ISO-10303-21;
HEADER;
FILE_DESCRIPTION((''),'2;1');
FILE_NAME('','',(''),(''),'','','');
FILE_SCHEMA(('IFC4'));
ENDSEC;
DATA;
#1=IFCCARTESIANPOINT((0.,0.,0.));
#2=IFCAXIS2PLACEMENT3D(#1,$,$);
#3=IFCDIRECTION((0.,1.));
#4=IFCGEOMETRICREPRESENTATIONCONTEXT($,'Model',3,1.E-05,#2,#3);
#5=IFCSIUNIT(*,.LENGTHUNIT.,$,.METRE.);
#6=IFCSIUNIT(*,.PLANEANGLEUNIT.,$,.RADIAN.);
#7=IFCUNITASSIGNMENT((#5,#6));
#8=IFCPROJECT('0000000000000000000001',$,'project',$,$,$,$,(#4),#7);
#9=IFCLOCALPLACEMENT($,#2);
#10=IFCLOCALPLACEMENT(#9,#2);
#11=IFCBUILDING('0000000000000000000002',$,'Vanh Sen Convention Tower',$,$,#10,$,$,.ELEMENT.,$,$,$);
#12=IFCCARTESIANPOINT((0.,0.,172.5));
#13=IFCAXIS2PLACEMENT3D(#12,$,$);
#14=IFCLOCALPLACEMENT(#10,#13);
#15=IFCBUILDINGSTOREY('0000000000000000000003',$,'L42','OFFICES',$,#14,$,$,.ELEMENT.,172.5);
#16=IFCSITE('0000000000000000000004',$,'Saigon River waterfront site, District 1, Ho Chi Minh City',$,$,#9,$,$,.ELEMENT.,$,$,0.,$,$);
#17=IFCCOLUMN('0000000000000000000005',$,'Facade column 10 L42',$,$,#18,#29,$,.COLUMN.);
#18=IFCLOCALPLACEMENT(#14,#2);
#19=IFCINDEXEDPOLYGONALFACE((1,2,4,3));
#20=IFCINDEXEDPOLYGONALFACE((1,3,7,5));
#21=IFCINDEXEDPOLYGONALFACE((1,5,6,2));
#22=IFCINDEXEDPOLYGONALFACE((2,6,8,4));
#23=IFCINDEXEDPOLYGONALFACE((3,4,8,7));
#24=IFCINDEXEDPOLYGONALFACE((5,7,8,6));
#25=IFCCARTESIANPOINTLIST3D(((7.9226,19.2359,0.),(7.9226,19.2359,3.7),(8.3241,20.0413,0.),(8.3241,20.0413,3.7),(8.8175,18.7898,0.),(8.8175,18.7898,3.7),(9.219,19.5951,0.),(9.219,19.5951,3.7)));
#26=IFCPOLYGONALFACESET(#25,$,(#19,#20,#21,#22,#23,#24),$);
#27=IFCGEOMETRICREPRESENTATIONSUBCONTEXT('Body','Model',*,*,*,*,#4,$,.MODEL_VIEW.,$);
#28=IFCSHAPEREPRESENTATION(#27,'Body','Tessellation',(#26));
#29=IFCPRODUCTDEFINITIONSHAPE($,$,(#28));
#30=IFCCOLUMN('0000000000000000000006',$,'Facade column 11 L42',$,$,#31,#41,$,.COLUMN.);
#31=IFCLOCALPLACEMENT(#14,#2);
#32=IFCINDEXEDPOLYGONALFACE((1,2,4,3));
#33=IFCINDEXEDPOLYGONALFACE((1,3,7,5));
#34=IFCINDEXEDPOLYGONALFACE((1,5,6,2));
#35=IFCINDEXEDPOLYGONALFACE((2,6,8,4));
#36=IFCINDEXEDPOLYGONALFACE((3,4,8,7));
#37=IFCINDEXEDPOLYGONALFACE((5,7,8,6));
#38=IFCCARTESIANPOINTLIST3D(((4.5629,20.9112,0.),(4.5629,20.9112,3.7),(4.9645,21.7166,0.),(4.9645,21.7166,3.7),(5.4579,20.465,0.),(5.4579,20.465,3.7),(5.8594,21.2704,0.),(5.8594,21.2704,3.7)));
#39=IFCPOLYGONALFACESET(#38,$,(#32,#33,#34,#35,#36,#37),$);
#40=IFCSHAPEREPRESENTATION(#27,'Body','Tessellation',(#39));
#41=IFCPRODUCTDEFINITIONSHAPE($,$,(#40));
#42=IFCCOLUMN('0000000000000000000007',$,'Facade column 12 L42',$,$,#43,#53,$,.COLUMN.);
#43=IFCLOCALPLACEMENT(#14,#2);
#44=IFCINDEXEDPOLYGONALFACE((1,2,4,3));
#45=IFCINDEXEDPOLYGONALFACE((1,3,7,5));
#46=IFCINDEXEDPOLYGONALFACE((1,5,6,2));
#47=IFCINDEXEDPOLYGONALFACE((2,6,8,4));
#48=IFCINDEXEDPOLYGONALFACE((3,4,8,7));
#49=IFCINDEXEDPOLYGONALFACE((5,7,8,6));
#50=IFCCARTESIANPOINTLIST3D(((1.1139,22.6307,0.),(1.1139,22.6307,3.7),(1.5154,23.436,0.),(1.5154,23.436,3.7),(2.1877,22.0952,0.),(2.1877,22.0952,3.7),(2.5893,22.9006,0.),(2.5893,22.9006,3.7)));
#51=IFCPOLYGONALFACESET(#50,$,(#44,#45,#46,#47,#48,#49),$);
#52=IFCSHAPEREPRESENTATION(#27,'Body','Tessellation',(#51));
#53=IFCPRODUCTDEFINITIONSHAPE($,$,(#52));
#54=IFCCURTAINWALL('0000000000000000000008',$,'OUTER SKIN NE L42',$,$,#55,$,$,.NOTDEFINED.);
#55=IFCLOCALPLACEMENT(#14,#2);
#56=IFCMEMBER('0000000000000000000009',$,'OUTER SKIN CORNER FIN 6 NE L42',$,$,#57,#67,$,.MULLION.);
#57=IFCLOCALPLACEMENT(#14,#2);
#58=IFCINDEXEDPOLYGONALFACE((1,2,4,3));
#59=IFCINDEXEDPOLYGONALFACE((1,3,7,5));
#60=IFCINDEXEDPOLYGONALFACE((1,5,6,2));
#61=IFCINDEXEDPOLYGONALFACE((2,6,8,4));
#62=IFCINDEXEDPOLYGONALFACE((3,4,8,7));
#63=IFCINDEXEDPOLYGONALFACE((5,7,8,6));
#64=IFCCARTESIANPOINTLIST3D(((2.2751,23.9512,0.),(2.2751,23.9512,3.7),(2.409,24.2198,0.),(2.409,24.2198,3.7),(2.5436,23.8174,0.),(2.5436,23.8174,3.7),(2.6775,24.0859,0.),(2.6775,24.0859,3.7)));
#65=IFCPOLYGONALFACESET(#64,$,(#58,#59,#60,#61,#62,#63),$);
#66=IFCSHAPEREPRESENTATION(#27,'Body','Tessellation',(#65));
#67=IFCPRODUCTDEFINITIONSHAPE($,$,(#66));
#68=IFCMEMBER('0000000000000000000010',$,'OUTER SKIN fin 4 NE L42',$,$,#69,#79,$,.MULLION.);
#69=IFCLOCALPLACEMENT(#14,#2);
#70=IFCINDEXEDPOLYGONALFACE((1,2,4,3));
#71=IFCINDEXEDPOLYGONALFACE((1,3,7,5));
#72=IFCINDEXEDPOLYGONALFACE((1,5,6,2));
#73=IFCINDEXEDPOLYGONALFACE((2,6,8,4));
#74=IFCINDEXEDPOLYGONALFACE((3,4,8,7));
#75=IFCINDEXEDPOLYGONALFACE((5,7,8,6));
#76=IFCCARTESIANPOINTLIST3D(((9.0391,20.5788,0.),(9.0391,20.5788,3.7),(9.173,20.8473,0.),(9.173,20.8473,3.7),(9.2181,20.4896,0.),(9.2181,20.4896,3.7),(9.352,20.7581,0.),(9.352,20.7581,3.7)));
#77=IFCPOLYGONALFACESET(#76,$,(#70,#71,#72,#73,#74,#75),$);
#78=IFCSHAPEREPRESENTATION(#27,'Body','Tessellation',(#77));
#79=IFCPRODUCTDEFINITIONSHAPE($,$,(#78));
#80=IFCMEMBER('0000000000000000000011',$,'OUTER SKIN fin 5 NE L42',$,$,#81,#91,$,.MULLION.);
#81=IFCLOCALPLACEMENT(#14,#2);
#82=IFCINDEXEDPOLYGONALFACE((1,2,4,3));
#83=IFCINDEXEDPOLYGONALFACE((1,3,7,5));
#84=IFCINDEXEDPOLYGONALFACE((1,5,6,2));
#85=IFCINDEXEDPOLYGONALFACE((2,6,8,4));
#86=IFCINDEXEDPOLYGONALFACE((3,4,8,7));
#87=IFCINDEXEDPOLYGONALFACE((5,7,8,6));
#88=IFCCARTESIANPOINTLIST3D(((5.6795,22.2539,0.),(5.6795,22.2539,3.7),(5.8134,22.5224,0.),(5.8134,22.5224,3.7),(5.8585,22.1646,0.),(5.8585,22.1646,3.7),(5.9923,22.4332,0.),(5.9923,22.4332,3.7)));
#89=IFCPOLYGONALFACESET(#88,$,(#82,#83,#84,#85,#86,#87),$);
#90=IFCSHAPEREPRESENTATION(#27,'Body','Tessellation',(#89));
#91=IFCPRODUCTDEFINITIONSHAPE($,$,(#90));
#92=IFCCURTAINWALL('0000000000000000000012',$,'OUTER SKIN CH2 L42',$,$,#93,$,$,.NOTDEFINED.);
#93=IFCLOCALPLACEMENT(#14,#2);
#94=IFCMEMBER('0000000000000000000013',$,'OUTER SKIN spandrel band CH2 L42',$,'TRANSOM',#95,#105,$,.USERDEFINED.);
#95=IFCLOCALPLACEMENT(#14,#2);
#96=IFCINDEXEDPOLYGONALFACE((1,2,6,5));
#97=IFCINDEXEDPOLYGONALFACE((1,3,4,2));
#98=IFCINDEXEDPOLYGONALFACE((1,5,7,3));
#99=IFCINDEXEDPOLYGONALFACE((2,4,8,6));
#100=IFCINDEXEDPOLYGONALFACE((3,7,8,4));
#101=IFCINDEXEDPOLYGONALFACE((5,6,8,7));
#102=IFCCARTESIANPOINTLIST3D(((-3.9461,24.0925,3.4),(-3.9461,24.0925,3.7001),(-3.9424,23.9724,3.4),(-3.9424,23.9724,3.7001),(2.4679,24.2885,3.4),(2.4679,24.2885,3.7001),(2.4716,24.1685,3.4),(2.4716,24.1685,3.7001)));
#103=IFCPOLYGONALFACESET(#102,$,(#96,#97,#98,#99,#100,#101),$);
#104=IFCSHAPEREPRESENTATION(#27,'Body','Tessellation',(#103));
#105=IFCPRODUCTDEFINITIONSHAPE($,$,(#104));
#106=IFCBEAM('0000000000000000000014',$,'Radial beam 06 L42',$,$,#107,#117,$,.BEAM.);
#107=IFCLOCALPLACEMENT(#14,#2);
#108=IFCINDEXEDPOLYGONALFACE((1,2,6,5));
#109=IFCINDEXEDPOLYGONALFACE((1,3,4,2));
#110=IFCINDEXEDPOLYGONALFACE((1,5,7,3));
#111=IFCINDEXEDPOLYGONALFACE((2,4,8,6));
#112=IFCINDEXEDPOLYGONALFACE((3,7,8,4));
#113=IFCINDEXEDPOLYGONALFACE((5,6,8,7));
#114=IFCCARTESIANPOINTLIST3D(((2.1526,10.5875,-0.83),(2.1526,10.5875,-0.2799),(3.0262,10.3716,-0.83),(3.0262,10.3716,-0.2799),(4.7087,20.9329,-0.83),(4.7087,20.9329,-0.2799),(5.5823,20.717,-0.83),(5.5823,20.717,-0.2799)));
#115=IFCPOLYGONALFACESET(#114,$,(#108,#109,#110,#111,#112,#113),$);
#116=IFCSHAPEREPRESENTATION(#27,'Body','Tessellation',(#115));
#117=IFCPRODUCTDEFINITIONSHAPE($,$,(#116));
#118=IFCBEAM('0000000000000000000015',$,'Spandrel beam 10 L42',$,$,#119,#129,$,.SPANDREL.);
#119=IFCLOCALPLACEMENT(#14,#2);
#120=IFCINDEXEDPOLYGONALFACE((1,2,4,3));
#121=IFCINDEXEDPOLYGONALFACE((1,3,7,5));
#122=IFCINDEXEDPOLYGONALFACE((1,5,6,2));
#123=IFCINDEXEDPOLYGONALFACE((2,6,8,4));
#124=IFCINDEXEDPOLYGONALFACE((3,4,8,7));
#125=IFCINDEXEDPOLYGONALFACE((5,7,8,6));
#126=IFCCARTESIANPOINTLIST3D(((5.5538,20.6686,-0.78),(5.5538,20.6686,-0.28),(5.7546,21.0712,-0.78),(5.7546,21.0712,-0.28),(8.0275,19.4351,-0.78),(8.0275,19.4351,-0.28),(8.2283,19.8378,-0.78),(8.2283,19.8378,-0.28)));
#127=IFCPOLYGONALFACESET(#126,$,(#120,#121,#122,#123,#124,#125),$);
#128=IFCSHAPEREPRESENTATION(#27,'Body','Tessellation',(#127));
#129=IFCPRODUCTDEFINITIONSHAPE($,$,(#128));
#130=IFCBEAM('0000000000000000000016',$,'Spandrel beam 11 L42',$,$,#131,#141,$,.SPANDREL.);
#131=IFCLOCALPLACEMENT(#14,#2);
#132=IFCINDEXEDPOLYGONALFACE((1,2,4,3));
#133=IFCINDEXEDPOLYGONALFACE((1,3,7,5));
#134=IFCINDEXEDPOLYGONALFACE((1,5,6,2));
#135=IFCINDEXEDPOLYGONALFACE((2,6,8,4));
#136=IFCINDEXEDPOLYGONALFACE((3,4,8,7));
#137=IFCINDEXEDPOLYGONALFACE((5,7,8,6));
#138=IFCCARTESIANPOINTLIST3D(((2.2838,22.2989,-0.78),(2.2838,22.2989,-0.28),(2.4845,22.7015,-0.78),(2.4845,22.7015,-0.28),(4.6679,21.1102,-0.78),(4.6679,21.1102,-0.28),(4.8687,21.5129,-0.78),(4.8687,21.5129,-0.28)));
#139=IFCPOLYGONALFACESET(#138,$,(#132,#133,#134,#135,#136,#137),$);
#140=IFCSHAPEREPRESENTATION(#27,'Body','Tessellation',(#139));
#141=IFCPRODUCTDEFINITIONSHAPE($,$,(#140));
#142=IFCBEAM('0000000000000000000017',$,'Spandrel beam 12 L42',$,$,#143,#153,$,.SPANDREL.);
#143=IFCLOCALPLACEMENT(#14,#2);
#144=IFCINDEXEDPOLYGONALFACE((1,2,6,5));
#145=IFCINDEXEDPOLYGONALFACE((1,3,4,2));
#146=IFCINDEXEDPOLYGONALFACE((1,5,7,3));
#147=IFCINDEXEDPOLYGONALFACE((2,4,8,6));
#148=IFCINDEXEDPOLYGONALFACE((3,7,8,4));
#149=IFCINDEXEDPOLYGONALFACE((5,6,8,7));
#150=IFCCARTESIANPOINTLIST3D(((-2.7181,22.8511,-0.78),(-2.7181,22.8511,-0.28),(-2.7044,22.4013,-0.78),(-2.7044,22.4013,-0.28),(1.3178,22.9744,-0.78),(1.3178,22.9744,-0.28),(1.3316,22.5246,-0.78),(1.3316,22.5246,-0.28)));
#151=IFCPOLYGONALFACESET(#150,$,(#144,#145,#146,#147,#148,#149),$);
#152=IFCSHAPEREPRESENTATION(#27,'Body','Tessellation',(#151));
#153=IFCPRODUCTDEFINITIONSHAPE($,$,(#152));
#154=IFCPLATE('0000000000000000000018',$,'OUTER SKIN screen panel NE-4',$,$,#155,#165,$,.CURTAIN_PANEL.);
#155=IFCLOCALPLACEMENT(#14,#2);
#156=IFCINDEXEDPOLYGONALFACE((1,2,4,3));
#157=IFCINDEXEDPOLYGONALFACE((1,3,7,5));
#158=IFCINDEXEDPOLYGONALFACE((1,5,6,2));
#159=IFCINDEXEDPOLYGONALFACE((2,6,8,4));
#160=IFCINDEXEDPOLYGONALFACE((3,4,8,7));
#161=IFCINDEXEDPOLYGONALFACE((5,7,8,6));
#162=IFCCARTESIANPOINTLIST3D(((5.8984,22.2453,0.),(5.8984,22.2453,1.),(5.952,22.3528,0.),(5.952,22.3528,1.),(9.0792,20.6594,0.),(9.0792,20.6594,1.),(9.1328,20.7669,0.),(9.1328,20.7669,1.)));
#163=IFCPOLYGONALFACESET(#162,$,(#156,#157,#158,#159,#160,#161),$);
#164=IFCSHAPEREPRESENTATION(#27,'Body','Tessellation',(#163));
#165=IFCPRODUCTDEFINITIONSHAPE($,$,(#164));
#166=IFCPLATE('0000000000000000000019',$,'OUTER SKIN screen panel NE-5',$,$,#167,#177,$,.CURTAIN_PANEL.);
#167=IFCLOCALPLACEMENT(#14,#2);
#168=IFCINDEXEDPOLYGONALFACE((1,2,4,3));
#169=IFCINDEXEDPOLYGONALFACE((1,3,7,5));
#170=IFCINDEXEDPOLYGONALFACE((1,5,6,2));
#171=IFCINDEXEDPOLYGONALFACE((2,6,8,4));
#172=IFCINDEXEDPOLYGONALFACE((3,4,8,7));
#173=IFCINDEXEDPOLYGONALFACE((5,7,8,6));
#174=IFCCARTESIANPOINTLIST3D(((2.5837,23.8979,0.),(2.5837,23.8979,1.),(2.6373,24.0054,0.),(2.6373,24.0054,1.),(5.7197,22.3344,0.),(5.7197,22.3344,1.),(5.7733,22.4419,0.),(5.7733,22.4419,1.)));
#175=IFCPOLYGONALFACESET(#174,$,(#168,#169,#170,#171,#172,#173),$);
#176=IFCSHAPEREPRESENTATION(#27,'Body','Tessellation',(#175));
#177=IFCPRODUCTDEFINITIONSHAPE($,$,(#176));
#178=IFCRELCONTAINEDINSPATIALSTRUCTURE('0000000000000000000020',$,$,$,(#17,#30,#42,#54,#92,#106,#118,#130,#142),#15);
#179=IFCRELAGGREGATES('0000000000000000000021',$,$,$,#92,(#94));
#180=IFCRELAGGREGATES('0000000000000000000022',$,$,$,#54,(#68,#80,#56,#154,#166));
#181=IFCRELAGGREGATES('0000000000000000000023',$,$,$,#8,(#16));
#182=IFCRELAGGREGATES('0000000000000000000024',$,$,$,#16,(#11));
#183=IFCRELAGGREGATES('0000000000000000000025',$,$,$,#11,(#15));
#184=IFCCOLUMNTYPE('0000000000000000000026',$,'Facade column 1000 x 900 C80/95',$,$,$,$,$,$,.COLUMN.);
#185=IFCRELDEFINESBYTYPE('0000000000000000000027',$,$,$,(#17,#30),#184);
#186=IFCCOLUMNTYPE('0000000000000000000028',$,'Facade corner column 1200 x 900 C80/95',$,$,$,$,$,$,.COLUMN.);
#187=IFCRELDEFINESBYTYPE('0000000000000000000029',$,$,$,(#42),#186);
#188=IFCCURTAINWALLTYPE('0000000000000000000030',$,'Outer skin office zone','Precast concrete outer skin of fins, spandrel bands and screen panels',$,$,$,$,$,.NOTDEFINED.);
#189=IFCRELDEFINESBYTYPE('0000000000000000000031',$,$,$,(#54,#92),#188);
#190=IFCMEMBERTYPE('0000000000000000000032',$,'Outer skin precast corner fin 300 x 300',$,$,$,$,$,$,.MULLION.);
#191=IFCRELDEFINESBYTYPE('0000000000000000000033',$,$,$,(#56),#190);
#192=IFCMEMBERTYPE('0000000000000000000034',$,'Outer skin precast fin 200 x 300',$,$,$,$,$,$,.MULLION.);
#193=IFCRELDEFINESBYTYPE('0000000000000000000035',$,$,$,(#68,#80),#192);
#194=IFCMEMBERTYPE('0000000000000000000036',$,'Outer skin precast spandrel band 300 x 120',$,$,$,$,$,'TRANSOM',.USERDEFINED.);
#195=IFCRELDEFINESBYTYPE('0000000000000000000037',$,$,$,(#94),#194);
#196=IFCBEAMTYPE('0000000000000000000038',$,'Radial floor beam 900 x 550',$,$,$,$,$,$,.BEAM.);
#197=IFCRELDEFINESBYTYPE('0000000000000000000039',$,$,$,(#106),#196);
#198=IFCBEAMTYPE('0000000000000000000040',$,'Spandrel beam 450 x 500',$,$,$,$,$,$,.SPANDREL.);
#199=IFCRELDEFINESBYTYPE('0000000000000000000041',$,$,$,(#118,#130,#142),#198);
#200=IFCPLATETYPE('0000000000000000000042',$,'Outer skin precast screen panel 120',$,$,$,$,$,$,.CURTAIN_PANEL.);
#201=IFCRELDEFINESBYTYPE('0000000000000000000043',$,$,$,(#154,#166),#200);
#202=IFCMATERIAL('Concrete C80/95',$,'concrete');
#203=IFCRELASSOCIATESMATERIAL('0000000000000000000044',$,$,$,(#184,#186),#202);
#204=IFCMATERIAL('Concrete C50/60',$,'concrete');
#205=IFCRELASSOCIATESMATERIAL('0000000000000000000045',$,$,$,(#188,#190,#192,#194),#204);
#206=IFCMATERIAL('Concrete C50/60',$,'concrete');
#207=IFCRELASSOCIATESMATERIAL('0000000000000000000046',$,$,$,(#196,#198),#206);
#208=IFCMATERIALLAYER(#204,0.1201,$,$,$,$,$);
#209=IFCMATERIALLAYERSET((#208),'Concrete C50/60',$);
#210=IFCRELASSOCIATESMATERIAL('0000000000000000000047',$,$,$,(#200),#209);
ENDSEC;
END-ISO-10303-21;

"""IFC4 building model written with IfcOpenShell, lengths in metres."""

from ifc_helpers import new_model, si_unit, direction, frame, origin, origin_2d, place, context, subcontext, project, spatial, rectangle, extrude, material, layer, layer_set, material_profile, profile_set, type_object, element, aggregate, save


model = new_model("IFC4")

# Units and contexts
model_context = context("Model", 3, precision=1e-05, world=origin(), true_north=direction((0.0, 1.0)))
body_context = subcontext(model_context, "Body", "Model", "MODEL_VIEW")
ifc_project = project(units=[si_unit("LENGTHUNIT", "METRE"), si_unit("PLANEANGLEUNIT", "RADIAN")], contexts=[model_context])

# Site, building, storey
site_placement = place(None, origin())
site = spatial("IfcSite", under=ifc_project, at=site_placement, Name="Saigon River waterfront site, District 1, Ho Chi Minh City", CompositionType="ELEMENT", RefElevation=0.0)
building_placement = place(site_placement, origin())
building = spatial("IfcBuilding", under=site, at=building_placement, Name="Vanh Sen Convention Tower", CompositionType="ELEMENT")
storey_placement = place(building_placement, frame((0.0, 0.0, 172.5)))
storey = spatial("IfcBuildingStorey", under=building, at=storey_placement, Name="L42", Description="OFFICES", CompositionType="ELEMENT", Elevation=172.5)

# Columns
ifc_material_1 = material(Name="Concrete C80/95", Category="concrete")
ifc_material_profile_1 = material_profile(ifc_material_1, rectangle(XDim=1.0, YDim=0.8999, at=origin_2d()), Name="RC 1000X900")
ifc_profile_set_1 = profile_set([ifc_material_profile_1], Name="Concrete C80/95")
column_type_1 = type_object("IfcColumnType", Name="Facade column 1000 x 900 C80/95", PredefinedType="COLUMN", material=ifc_profile_set_1)
for number, where, z_axis, x_axis, name in (
    (1, (8.5708, 19.4155, 0.0), (0.0, 0.0, 1.0), (-0.894934, 0.446198, 0.0), "Facade column 10 L42"),
    (2, (5.2112, 21.0908, 0.0), (0.0, 0.0, 1.0), (-0.894934, 0.446198, 0.0), "Facade column 11 L42"),
):
    element("IfcColumn", number, at=place(storey_placement, frame(where, z_axis=z_axis, x_axis=x_axis)), inside=storey, type_object=column_type_1, Name=name, PredefinedType="COLUMN", context=body_context, shape_type="SweptSolid", body=[
        extrude(rectangle(XDim=1.0, YDim=0.8999, at=origin_2d()), origin(), (0.0, 0.0, 1.0), 3.7),
    ])
ifc_material_profile_2 = material_profile(ifc_material_1, rectangle(XDim=1.2, YDim=0.8999, at=origin_2d()), Name="RC 1200X900")
ifc_profile_set_2 = profile_set([ifc_material_profile_2], Name="Concrete C80/95")
column_type_2 = type_object("IfcColumnType", Name="Facade corner column 1200 x 900 C80/95", PredefinedType="COLUMN", material=ifc_profile_set_2)
column_placement = place(storey_placement, frame((1.8516, 22.7656, 0.0), z_axis=(0.0, 0.0, 1.0), x_axis=(-0.894934, 0.446198, 0.0)))
element("IfcColumn", 3, at=column_placement, inside=storey, type_object=column_type_2, Name="Facade column 12 L42", PredefinedType="COLUMN", context=body_context, shape_type="SweptSolid", body=[
    extrude(rectangle(XDim=1.2, YDim=0.8999, at=origin_2d()), origin(), (0.0, 0.0, 1.0), 3.7),
])

# Curtain wall, members
ifc_material_2 = material(Name="Concrete C50/60", Category="concrete")
curtain_wall_type = type_object("IfcCurtainWallType", Name="Outer skin office zone", Description="Precast concrete outer skin of fins, spandrel bands and screen panels", PredefinedType="NOTDEFINED", material=ifc_material_2)
curtain_wall_1_placement = place(storey_placement, origin())
curtain_wall_1 = element("IfcCurtainWall", 4, at=curtain_wall_1_placement, inside=storey, type_object=curtain_wall_type, Name="OUTER SKIN NE L42", PredefinedType="NOTDEFINED")
ifc_material_profile_3 = material_profile(ifc_material_2, rectangle(XDim=0.3, YDim=0.3, at=origin_2d()), Name="Outer skin precast corner fin 300 x 300")
ifc_profile_set_3 = profile_set([ifc_material_profile_3], Name="Concrete C50/60")
member_type_1 = type_object("IfcMemberType", Name="Outer skin precast corner fin 300 x 300", PredefinedType="MULLION", material=ifc_profile_set_3)
member_1_placement = place(storey_placement, frame((2.4763, 24.0186, 0.0), z_axis=(0.0, 0.0, 1.0), x_axis=(-0.894934, 0.446198, 0.0)))
member_1 = element("IfcMember", 5, at=member_1_placement, type_object=member_type_1, Name="OUTER SKIN CORNER FIN 6 NE L42", PredefinedType="MULLION", context=body_context, shape_type="SweptSolid", body=[
    extrude(rectangle(XDim=0.3, YDim=0.3, at=origin_2d()), origin(), (0.0, 0.0, 1.0), 3.7),
])
ifc_material_profile_4 = material_profile(ifc_material_2, rectangle(XDim=0.2, YDim=0.3, at=origin_2d()), Name="Outer skin precast fin 200 x 300")
ifc_profile_set_4 = profile_set([ifc_material_profile_4], Name="Concrete C50/60")
member_type_2 = type_object("IfcMemberType", Name="Outer skin precast fin 200 x 300", PredefinedType="MULLION", material=ifc_profile_set_4)
member_2_placement = place(storey_placement, frame((9.1956, 20.6685, 0.0), z_axis=(0.0, 0.0, 1.0), x_axis=(-0.894934, 0.446198, 0.0)))
member_2 = element("IfcMember", 6, at=member_2_placement, type_object=member_type_2, Name="OUTER SKIN fin 4 NE L42", PredefinedType="MULLION", context=body_context, shape_type="SweptSolid", body=[
    extrude(rectangle(XDim=0.2, YDim=0.3, at=origin_2d()), origin(), (0.0, 0.0, 1.0), 3.7),
])
member_3_placement = place(storey_placement, frame((5.8359, 22.3435, 0.0), z_axis=(0.0, 0.0, 1.0), x_axis=(-0.894934, 0.446198, 0.0)))
member_3 = element("IfcMember", 7, at=member_3_placement, type_object=member_type_2, Name="OUTER SKIN fin 5 NE L42", PredefinedType="MULLION", context=body_context, shape_type="SweptSolid", body=[
    extrude(rectangle(XDim=0.2, YDim=0.3, at=origin_2d()), origin(), (0.0, 0.0, 1.0), 3.7),
])

# Curtain wall, member
curtain_wall_2_placement = place(storey_placement, origin())
curtain_wall_2 = element("IfcCurtainWall", 8, at=curtain_wall_2_placement, inside=storey, type_object=curtain_wall_type, Name="OUTER SKIN CH2 L42", PredefinedType="NOTDEFINED")
ifc_material_profile_5 = material_profile(ifc_material_2, rectangle(XDim=0.1201, YDim=0.3, at=origin_2d()), Name="Outer skin precast spandrel band 300 x 120")
ifc_profile_set_5 = profile_set([ifc_material_profile_5], Name="Concrete C50/60")
member_type_3 = type_object("IfcMemberType", Name="Outer skin precast spandrel band 300 x 120", ElementType="TRANSOM", PredefinedType="USERDEFINED", material=ifc_profile_set_5)
member_4_placement = place(storey_placement, frame((2.4697, 24.2285, 3.55), z_axis=(-0.999533, -0.030551, 0.0), x_axis=(0.030551, -0.999533, 0.0)))
member_4 = element("IfcMember", 9, at=member_4_placement, type_object=member_type_3, Name="OUTER SKIN spandrel band CH2 L42", ObjectType="TRANSOM", PredefinedType="USERDEFINED", context=body_context, shape_type="SweptSolid", body=[
    extrude(rectangle(XDim=0.1201, YDim=0.3, at=origin_2d()), origin(), (0.0, 0.0, 1.0), 6.417),
])
aggregate(curtain_wall_2, [member_4])

# Beams
ifc_material_3 = material(Name="Concrete C50/60", Category="concrete")
ifc_material_profile_6 = material_profile(ifc_material_3, rectangle(XDim=0.8999, YDim=0.55, at=origin_2d()), Name="RC 900X550")
ifc_profile_set_6 = profile_set([ifc_material_profile_6], Name="Concrete C50/60")
beam_type_1 = type_object("IfcBeamType", Name="Radial floor beam 900 x 550", PredefinedType="BEAM", material=ifc_profile_set_6)
beam_1_placement = place(storey_placement, frame((5.1455, 20.825, -0.5549), z_axis=(-0.239866, -0.970806, 0.0), x_axis=(0.970806, -0.239866, 0.0)))
element("IfcBeam", 10, at=beam_1_placement, inside=storey, type_object=beam_type_1, Name="Radial beam 06 L42", PredefinedType="BEAM", context=body_context, shape_type="SweptSolid", body=[
    extrude(rectangle(XDim=0.8999, YDim=0.55, at=origin_2d()), origin(), (0.0, 0.0, 1.0), 10.6565),
])
ifc_material_profile_7 = material_profile(ifc_material_3, rectangle(XDim=0.45, YDim=0.5, at=origin_2d()), Name="RC 450X500")
ifc_profile_set_7 = profile_set([ifc_material_profile_7], Name="Concrete C50/60")
beam_type_2 = type_object("IfcBeamType", Name="Spandrel beam 450 x 500", PredefinedType="SPANDREL", material=ifc_profile_set_7)
beam_2_placement = place(storey_placement, frame((8.1279, 19.6365, -0.53), z_axis=(-0.894921, 0.446224, 0.0), x_axis=(-0.446224, -0.894921, 0.0)))
element("IfcBeam", 11, at=beam_2_placement, inside=storey, type_object=beam_type_2, Name="Spandrel beam 10 L42", PredefinedType="SPANDREL", context=body_context, shape_type="SweptSolid", body=[
    extrude(rectangle(XDim=0.45, YDim=0.5, at=origin_2d()), origin(), (0.0, 0.0, 1.0), 2.7642),
])
beam_3_placement = place(storey_placement, frame((4.7683, 21.3115, -0.53), z_axis=(-0.89494, 0.446187, 0.0), x_axis=(-0.446187, -0.89494, 0.0)))
element("IfcBeam", 12, at=beam_3_placement, inside=storey, type_object=beam_type_2, Name="Spandrel beam 11 L42", PredefinedType="SPANDREL", context=body_context, shape_type="SweptSolid", body=[
    extrude(rectangle(XDim=0.45, YDim=0.5, at=origin_2d()), origin(), (0.0, 0.0, 1.0), 2.6641),
])
beam_4_placement = place(storey_placement, frame((1.3247, 22.7495, -0.53), z_axis=(-0.999534, -0.030534, 0.0), x_axis=(0.030534, -0.999534, 0.0)))
element("IfcBeam", 13, at=beam_4_placement, inside=storey, type_object=beam_type_2, Name="Spandrel beam 12 L42", PredefinedType="SPANDREL", context=body_context, shape_type="SweptSolid", body=[
    extrude(rectangle(XDim=0.45, YDim=0.5, at=origin_2d()), origin(), (0.0, 0.0, 1.0), 4.0378),
])

# Plates
ifc_layer_1 = layer(ifc_material_2, 0.1201)
ifc_layer_set_1 = layer_set([ifc_layer_1], Name="Concrete C50/60")
plate_type = type_object("IfcPlateType", Name="Outer skin precast screen panel 120", PredefinedType="CURTAIN_PANEL", material=ifc_layer_set_1)
plate_1_placement = place(storey_placement, frame((7.5156, 21.5061, 0.0), z_axis=(0.0, 0.0, 1.0), x_axis=(-0.894933, 0.446201, 0.0)))
plate_1 = element("IfcPlate", 14, at=plate_1_placement, type_object=plate_type, Name="OUTER SKIN screen panel NE-4", PredefinedType="CURTAIN_PANEL", context=body_context, shape_type="SweptSolid", body=[
    extrude(rectangle(XDim=3.5542, YDim=0.1201, at=origin_2d()), origin(), (0.0, 0.0, 1.0), 1.0),
])
plate_2_placement = place(storey_placement, frame((4.1785, 23.1699, 0.0), z_axis=(0.0, 0.0, 1.0), x_axis=(-0.894944, 0.446179, 0.0)))
plate_2 = element("IfcPlate", 15, at=plate_2_placement, type_object=plate_type, Name="OUTER SKIN screen panel NE-5", PredefinedType="CURTAIN_PANEL", context=body_context, shape_type="SweptSolid", body=[
    extrude(rectangle(XDim=3.5042, YDim=0.1201, at=origin_2d()), origin(), (0.0, 0.0, 1.0), 1.0),
])
aggregate(curtain_wall_1, [member_2, member_3, member_1, plate_1, plate_2])

save(model, "model.ifc")
